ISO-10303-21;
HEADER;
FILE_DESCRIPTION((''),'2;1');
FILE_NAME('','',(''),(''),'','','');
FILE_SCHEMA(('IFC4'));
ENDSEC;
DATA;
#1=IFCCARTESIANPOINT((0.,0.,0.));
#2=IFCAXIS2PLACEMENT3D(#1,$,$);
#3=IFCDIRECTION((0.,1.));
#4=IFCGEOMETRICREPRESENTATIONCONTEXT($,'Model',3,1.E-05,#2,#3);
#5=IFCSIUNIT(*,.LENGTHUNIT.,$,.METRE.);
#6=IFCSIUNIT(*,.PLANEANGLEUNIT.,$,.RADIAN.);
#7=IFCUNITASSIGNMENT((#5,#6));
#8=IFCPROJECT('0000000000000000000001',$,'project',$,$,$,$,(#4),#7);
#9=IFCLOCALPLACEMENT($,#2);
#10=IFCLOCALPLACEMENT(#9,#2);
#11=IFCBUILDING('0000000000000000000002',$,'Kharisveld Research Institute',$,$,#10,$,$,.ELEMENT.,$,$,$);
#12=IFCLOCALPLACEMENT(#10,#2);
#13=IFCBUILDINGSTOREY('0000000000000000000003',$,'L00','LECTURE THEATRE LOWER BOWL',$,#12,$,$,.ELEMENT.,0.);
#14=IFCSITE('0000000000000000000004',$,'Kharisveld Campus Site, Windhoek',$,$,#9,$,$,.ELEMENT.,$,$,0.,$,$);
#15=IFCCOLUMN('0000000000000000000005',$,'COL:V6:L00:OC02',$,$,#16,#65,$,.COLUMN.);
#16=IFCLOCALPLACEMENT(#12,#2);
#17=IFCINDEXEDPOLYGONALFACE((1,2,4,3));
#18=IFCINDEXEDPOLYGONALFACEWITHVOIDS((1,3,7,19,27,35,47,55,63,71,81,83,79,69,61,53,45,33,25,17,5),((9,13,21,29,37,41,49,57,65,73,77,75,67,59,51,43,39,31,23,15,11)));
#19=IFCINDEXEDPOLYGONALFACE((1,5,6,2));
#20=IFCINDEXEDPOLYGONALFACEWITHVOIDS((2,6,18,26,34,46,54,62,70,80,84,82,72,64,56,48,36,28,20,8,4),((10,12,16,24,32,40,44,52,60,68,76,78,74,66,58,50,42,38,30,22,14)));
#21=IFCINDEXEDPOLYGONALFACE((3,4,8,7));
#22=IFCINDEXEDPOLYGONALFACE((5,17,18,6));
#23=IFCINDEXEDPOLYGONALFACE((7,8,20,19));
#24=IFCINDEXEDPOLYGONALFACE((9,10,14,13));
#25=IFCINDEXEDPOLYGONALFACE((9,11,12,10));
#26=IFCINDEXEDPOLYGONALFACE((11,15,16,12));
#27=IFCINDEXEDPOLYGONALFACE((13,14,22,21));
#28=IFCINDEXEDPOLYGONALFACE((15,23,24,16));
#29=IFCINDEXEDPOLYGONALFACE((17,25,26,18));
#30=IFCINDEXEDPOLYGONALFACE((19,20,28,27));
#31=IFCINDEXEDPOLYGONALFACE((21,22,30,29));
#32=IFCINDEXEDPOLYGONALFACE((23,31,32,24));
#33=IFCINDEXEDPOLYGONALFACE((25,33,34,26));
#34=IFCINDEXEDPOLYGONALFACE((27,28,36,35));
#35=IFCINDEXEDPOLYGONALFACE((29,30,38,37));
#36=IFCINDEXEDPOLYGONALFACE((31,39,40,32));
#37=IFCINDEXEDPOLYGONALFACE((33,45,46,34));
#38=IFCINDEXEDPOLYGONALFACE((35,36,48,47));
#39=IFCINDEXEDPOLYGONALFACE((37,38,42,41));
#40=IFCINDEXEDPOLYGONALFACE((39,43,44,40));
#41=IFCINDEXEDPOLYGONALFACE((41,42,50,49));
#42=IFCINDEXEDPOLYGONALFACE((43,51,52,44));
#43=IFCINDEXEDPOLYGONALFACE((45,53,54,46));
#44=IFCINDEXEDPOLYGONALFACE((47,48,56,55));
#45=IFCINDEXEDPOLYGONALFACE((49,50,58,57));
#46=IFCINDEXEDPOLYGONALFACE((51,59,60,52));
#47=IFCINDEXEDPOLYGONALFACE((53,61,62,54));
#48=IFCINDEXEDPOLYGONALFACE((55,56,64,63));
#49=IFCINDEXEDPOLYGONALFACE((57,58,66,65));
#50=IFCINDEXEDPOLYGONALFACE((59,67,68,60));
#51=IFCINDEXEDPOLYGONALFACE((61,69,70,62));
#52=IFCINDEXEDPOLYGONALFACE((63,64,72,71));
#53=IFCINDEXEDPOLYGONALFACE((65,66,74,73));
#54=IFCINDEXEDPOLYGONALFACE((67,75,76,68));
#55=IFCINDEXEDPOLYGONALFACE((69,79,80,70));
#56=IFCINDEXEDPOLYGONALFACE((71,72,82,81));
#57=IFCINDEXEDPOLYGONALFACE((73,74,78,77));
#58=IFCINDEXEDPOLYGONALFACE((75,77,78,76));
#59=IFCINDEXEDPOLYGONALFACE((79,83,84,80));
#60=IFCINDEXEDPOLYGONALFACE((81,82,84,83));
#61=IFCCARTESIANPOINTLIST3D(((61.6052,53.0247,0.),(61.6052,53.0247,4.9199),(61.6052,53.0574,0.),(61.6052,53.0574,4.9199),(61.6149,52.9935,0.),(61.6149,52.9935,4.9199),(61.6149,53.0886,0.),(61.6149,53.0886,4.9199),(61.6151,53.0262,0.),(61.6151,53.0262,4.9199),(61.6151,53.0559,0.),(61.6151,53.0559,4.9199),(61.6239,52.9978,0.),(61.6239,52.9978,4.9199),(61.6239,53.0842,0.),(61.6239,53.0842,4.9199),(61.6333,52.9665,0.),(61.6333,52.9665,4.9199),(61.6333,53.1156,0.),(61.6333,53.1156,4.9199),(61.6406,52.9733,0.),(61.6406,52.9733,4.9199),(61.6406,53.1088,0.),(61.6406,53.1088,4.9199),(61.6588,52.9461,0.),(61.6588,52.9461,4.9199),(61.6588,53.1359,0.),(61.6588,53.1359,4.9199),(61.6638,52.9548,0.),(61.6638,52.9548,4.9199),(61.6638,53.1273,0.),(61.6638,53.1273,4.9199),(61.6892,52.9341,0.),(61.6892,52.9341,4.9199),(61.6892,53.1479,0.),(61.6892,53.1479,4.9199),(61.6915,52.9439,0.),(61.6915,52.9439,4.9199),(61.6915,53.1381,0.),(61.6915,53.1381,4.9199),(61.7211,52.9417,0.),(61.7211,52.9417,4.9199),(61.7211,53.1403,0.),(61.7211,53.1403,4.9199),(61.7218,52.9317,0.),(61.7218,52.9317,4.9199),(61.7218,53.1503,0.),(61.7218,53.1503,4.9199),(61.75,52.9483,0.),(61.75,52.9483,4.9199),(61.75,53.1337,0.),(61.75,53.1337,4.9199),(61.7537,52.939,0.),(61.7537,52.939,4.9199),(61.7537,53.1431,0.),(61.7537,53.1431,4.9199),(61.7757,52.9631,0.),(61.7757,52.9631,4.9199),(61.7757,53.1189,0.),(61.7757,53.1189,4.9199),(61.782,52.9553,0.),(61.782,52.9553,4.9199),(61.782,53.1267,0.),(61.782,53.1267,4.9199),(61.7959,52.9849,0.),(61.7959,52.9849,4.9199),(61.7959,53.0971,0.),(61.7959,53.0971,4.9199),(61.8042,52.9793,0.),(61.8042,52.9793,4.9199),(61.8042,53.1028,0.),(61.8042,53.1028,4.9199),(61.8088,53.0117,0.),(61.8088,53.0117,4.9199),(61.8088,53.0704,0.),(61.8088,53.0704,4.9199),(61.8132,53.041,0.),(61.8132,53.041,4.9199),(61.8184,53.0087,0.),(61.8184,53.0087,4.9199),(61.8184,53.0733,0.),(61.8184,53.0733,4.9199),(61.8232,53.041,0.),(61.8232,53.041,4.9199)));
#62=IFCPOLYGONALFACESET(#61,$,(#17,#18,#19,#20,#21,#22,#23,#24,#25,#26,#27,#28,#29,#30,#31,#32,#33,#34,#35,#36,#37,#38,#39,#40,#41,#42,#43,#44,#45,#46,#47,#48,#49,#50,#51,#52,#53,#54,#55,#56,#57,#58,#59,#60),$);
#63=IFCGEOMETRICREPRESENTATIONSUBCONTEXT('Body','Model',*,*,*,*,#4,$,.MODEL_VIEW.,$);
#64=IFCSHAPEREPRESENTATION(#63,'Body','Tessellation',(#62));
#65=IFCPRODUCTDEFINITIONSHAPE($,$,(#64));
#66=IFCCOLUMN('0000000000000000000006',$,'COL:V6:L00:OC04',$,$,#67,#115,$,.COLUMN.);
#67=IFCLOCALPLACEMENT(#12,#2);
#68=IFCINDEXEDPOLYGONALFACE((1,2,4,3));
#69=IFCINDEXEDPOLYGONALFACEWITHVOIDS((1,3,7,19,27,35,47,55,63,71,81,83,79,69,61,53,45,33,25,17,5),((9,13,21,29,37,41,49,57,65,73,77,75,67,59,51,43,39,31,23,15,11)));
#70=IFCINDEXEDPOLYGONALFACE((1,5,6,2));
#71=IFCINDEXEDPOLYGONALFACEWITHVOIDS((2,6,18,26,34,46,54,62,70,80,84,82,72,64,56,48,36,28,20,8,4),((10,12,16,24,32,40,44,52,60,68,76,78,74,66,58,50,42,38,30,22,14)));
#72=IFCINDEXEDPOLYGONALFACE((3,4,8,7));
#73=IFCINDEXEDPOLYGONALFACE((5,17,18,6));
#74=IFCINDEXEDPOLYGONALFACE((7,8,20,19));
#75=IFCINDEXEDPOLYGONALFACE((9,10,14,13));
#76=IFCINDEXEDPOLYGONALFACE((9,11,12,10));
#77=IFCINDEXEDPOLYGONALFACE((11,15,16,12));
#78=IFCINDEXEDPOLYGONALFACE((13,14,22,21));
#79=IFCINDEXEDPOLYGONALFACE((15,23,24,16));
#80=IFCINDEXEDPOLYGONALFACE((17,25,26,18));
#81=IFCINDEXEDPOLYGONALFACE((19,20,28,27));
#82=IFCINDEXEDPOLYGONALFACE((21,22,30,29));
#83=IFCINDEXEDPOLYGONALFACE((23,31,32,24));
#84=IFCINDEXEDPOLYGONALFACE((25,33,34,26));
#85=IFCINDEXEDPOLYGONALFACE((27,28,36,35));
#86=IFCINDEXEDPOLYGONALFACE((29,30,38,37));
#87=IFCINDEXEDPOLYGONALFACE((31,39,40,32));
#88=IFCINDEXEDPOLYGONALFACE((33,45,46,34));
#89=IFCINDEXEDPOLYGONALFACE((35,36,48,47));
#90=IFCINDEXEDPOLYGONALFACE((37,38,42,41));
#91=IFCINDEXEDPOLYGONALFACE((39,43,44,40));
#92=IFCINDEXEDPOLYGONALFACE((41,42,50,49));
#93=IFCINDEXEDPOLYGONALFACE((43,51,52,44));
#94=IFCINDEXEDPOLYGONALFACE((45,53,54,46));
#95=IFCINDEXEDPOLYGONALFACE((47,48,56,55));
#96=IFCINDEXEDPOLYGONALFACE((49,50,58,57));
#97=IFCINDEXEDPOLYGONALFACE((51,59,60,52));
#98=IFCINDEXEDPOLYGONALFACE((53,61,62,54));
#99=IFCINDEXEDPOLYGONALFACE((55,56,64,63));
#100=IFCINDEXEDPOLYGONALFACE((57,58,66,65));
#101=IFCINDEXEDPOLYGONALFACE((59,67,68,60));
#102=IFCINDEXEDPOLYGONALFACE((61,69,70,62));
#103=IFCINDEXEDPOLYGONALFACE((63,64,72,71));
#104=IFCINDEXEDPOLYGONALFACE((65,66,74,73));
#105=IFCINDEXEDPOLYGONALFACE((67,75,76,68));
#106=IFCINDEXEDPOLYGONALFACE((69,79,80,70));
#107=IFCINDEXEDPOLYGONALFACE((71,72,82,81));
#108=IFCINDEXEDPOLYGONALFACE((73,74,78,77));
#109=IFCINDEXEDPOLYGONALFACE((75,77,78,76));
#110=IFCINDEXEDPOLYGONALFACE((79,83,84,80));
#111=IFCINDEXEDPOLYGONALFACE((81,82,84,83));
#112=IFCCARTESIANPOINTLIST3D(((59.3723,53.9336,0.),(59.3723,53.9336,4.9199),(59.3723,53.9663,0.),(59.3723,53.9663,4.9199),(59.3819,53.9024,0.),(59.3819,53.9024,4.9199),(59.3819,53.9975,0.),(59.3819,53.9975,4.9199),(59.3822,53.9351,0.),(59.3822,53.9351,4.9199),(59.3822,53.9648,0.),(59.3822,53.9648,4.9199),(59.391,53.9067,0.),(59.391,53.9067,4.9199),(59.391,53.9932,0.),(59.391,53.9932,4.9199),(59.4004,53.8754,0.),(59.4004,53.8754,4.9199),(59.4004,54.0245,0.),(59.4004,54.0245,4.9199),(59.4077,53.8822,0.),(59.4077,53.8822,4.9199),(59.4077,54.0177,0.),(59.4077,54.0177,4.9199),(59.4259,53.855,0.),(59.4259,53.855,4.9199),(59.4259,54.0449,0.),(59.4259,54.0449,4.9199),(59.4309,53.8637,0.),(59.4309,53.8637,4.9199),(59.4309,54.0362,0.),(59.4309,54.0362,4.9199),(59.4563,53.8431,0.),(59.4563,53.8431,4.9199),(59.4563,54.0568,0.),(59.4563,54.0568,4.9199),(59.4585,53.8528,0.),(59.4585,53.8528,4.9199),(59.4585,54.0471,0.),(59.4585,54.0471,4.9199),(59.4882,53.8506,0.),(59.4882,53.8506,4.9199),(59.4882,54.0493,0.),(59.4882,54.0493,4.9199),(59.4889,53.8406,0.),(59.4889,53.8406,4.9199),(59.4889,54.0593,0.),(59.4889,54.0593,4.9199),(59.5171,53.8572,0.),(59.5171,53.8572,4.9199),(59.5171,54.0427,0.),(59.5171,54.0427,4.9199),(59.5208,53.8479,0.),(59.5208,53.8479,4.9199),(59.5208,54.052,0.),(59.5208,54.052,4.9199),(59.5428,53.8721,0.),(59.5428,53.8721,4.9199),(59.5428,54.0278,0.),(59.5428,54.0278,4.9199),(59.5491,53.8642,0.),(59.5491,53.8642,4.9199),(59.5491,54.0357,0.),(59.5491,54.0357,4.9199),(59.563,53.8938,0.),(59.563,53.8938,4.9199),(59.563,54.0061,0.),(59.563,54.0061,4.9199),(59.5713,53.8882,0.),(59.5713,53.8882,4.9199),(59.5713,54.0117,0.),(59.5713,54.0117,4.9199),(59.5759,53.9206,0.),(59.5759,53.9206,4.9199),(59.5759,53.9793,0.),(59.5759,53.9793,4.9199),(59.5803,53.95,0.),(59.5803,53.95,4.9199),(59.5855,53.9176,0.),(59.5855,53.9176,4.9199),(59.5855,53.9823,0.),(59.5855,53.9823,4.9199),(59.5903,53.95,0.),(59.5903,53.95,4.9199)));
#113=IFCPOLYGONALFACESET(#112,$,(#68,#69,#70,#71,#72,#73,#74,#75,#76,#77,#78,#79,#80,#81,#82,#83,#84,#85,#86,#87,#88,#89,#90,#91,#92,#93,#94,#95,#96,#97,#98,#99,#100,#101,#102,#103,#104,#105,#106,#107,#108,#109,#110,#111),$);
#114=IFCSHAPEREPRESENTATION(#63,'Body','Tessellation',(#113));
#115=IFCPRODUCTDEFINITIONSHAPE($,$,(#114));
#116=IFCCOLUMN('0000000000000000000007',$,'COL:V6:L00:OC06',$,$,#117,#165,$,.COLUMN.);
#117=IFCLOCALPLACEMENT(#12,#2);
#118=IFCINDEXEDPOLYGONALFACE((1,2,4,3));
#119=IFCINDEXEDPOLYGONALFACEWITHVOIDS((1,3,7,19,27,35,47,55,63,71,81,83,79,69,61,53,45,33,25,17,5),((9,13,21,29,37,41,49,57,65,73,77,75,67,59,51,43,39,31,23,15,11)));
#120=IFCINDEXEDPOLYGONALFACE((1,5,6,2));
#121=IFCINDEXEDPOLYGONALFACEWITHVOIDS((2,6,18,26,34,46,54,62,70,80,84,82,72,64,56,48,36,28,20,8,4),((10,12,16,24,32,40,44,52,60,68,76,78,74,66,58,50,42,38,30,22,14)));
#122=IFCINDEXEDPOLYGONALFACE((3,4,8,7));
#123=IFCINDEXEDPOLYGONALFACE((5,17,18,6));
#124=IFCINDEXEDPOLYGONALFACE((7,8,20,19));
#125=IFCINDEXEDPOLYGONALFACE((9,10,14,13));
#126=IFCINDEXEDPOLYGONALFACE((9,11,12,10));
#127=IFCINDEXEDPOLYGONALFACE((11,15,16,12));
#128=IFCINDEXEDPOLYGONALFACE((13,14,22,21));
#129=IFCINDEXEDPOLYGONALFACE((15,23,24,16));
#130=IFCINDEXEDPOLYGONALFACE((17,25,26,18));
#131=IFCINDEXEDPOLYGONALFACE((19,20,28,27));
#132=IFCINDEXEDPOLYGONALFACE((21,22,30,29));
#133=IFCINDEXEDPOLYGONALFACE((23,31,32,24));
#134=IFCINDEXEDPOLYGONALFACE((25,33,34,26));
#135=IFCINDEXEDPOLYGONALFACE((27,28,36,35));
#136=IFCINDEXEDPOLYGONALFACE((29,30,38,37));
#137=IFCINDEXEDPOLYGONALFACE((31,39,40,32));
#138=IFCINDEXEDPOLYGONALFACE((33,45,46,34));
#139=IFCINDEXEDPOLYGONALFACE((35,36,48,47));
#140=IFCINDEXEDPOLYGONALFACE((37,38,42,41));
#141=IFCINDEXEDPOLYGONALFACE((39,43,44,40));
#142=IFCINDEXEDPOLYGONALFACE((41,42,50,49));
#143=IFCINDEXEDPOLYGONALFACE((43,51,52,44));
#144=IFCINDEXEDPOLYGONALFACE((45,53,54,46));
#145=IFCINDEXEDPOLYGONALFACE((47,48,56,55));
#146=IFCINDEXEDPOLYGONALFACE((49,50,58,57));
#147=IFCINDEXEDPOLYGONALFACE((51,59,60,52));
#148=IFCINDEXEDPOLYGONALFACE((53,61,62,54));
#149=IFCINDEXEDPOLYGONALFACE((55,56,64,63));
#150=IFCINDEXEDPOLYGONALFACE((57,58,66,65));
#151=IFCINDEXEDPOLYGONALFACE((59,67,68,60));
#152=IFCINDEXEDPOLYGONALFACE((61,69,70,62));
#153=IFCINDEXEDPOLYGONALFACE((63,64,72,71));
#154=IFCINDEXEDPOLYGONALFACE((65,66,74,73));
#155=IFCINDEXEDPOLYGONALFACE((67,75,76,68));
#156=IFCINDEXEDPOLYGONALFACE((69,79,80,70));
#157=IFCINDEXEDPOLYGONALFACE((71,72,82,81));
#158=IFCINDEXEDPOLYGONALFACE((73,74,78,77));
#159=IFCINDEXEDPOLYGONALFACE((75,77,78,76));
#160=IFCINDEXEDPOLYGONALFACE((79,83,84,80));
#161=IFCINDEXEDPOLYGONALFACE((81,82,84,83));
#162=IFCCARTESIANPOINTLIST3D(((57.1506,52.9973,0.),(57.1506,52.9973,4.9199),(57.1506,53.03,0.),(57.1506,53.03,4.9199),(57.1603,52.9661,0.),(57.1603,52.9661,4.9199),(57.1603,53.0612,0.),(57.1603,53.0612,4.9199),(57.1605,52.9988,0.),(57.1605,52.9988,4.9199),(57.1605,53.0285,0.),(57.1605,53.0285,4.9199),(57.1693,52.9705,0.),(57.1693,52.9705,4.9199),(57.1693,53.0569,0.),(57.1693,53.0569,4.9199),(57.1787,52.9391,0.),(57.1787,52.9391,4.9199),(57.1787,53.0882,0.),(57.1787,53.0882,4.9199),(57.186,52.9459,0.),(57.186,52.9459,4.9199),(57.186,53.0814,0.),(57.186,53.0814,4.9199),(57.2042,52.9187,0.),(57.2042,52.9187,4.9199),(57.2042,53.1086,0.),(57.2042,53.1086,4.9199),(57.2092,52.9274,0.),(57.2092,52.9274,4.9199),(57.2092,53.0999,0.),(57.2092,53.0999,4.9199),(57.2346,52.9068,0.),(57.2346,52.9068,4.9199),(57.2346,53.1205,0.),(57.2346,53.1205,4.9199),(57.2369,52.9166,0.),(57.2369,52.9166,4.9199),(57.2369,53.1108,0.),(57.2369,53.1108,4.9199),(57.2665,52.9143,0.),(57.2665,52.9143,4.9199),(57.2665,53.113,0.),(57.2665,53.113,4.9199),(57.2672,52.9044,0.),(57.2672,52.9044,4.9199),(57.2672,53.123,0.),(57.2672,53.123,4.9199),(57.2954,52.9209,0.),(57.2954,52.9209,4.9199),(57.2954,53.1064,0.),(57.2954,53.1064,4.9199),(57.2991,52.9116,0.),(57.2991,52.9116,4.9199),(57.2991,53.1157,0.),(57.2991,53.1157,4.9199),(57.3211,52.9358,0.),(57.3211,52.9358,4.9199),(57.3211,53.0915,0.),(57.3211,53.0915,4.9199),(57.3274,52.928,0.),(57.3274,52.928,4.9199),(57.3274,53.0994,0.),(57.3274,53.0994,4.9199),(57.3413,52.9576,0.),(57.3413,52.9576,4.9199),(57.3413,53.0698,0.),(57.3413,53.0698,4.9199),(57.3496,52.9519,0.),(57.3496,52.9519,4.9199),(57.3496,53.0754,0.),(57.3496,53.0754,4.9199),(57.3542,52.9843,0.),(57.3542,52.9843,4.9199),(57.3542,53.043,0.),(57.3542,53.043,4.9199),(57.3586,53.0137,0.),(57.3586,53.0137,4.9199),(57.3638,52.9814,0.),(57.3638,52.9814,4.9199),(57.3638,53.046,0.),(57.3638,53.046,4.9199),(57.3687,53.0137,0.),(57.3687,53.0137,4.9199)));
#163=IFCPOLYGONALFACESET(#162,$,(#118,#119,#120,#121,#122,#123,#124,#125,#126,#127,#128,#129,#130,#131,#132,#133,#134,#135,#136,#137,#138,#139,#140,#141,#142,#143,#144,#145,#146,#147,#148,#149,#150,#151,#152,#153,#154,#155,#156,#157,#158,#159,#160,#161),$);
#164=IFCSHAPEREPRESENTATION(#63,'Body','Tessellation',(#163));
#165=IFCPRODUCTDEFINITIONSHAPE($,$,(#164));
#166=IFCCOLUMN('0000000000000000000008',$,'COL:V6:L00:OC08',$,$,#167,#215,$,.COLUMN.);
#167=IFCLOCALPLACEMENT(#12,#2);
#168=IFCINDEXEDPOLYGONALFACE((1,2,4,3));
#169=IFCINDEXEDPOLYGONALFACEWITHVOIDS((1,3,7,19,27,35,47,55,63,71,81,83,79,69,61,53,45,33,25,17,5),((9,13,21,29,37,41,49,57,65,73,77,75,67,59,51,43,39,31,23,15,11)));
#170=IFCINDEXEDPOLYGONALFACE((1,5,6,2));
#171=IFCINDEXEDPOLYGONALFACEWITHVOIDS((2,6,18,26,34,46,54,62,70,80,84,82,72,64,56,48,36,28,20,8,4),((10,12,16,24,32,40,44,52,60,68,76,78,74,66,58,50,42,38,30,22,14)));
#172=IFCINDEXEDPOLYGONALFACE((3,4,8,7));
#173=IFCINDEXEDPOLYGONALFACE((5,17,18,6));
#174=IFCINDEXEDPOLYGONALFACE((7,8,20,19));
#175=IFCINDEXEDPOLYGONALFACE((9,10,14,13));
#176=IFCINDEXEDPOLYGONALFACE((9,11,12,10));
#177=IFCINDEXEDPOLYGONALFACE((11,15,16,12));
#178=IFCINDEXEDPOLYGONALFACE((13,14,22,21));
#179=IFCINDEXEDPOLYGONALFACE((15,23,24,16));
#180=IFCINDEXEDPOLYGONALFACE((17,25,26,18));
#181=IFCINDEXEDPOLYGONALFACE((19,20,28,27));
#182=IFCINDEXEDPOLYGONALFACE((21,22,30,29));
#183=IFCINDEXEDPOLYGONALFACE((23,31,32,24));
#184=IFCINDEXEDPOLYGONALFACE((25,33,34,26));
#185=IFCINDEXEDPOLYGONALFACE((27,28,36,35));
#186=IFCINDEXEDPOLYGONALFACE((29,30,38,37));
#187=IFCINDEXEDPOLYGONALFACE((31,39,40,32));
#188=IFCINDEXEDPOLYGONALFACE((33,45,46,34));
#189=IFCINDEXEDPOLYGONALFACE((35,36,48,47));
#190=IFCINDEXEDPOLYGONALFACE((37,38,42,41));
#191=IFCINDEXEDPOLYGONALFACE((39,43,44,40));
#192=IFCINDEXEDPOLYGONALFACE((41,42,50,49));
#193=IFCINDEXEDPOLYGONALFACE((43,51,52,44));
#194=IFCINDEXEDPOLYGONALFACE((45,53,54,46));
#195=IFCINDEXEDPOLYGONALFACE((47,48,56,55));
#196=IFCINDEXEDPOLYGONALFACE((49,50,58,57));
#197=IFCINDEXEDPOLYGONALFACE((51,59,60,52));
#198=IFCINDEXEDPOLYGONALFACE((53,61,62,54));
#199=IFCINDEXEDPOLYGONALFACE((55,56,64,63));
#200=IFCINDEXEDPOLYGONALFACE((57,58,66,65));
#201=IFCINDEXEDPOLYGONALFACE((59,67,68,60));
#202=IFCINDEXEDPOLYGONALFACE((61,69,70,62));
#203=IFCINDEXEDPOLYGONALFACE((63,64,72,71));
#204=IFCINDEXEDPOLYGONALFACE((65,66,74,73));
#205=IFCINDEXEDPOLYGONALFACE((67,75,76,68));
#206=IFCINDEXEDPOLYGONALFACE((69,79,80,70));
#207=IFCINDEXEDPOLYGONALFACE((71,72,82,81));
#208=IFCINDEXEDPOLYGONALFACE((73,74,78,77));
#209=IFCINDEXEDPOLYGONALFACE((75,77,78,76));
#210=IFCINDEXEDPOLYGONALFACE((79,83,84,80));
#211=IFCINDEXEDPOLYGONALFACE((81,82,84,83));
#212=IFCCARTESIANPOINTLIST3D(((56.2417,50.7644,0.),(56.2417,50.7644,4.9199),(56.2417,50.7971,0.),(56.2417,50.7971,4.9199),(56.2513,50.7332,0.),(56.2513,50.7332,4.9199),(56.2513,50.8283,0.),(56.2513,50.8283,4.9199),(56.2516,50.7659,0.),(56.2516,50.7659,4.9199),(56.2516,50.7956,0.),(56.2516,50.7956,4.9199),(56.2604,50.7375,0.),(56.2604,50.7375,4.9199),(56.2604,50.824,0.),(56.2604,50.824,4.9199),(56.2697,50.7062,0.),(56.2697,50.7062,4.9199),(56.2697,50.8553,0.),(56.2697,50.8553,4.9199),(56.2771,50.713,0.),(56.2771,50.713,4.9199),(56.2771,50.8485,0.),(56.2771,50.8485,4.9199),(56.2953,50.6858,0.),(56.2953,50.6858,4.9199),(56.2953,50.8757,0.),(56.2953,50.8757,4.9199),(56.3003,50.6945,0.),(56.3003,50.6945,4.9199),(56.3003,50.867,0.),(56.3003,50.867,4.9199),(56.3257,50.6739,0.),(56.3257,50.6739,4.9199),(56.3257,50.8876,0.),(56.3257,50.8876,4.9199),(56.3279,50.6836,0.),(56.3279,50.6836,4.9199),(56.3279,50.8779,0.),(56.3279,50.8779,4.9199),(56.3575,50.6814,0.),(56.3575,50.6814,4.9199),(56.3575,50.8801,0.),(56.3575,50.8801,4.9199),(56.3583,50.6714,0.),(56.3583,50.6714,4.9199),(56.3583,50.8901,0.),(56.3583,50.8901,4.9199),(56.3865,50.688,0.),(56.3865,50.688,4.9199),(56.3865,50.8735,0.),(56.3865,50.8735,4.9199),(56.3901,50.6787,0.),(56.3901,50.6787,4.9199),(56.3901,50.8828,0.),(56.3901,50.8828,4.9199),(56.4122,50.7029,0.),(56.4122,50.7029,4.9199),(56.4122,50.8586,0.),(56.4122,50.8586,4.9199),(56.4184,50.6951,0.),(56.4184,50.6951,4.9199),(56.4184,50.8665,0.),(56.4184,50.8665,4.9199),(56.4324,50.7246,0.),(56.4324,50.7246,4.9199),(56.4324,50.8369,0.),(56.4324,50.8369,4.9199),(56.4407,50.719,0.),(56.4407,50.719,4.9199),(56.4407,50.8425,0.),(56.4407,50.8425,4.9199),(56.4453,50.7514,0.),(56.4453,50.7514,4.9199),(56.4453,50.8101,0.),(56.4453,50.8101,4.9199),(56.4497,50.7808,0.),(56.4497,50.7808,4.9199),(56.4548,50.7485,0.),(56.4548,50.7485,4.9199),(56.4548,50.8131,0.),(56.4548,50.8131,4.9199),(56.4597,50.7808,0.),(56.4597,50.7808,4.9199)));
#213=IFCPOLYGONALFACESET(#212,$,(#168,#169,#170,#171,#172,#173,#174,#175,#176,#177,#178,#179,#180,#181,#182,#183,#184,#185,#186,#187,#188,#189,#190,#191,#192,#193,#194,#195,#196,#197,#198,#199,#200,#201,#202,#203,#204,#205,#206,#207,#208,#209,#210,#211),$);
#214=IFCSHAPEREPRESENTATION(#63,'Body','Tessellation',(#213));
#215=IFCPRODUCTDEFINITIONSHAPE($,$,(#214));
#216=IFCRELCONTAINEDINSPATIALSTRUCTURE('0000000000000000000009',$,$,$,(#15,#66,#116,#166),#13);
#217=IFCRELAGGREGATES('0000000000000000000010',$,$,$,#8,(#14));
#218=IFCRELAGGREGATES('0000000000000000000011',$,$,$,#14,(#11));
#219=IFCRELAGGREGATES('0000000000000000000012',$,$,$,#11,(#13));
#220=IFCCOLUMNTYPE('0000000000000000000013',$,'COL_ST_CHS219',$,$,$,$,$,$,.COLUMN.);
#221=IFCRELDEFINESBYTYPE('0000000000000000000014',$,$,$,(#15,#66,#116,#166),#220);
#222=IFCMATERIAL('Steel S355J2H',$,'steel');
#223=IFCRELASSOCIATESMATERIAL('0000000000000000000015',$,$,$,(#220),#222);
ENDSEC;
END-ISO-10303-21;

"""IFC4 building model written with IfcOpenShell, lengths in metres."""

from ifc_helpers import new_model, si_unit, direction, frame, origin, origin_2d, place, context, subcontext, project, spatial, hollow_circle, extrude, material, material_profile, profile_set, type_object, element, save


model = new_model("IFC4")

# Units and contexts
model_context = context("Model", 3, precision=1e-05, world=origin(), true_north=direction((0.0, 1.0)))
body_context = subcontext(model_context, "Body", "Model", "MODEL_VIEW")
ifc_project = project(units=[si_unit("LENGTHUNIT", "METRE"), si_unit("PLANEANGLEUNIT", "RADIAN")], contexts=[model_context])

# Site, building, storey
site_placement = place(None, origin())
site = spatial("IfcSite", under=ifc_project, at=site_placement, Name="Kharisveld Campus Site, Windhoek", CompositionType="ELEMENT", RefElevation=0.0)
building_placement = place(site_placement, origin())
building = spatial("IfcBuilding", under=site, at=building_placement, Name="Kharisveld Research Institute", CompositionType="ELEMENT")
storey_placement = place(building_placement, origin())
storey = spatial("IfcBuildingStorey", under=building, at=storey_placement, Name="L00", Description="LECTURE THEATRE LOWER BOWL", CompositionType="ELEMENT", Elevation=0.0)

# Columns
ifc_material_1 = material(Name="Steel S355J2H", Category="steel")
ifc_material_profile_1 = material_profile(ifc_material_1, hollow_circle(Radius=0.1096, WallThickness=0.01, at=origin_2d()))
ifc_profile_set_1 = profile_set([ifc_material_profile_1], Name="Steel S355J2H")
column_type = type_object("IfcColumnType", Name="COL_ST_CHS219", PredefinedType="COLUMN", material=ifc_profile_set_1)
for number, where, z_axis, x_axis, name in (
    (1, (61.7136, 53.041, 0.0), (0.0, 0.0, 1.0), (1.0, 0.0, 0.0), "COL:V6:L00:OC02"),
    (2, (59.4807, 53.95, 0.0), (0.0, 0.0, 1.0), (1.0, 0.0, 0.0), "COL:V6:L00:OC04"),
    (3, (57.259, 53.0137, 0.0), (0.0, 0.0, 1.0), (1.0, 0.0, 0.0), "COL:V6:L00:OC06"),
    (4, (56.3501, 50.7808, 0.0), (0.0, 0.0, 1.0), (1.0, 0.0, 0.0), "COL:V6:L00:OC08"),
):
    element("IfcColumn", number, at=place(storey_placement, frame(where, z_axis=z_axis, x_axis=x_axis)), inside=storey, type_object=column_type, Name=name, PredefinedType="COLUMN", context=body_context, shape_type="SweptSolid", body=[
        extrude(hollow_circle(Radius=0.1096, WallThickness=0.01, at=origin_2d()), origin(), (0.0, 0.0, 1.0), 4.9199),
    ])

save(model, "model.ifc")
